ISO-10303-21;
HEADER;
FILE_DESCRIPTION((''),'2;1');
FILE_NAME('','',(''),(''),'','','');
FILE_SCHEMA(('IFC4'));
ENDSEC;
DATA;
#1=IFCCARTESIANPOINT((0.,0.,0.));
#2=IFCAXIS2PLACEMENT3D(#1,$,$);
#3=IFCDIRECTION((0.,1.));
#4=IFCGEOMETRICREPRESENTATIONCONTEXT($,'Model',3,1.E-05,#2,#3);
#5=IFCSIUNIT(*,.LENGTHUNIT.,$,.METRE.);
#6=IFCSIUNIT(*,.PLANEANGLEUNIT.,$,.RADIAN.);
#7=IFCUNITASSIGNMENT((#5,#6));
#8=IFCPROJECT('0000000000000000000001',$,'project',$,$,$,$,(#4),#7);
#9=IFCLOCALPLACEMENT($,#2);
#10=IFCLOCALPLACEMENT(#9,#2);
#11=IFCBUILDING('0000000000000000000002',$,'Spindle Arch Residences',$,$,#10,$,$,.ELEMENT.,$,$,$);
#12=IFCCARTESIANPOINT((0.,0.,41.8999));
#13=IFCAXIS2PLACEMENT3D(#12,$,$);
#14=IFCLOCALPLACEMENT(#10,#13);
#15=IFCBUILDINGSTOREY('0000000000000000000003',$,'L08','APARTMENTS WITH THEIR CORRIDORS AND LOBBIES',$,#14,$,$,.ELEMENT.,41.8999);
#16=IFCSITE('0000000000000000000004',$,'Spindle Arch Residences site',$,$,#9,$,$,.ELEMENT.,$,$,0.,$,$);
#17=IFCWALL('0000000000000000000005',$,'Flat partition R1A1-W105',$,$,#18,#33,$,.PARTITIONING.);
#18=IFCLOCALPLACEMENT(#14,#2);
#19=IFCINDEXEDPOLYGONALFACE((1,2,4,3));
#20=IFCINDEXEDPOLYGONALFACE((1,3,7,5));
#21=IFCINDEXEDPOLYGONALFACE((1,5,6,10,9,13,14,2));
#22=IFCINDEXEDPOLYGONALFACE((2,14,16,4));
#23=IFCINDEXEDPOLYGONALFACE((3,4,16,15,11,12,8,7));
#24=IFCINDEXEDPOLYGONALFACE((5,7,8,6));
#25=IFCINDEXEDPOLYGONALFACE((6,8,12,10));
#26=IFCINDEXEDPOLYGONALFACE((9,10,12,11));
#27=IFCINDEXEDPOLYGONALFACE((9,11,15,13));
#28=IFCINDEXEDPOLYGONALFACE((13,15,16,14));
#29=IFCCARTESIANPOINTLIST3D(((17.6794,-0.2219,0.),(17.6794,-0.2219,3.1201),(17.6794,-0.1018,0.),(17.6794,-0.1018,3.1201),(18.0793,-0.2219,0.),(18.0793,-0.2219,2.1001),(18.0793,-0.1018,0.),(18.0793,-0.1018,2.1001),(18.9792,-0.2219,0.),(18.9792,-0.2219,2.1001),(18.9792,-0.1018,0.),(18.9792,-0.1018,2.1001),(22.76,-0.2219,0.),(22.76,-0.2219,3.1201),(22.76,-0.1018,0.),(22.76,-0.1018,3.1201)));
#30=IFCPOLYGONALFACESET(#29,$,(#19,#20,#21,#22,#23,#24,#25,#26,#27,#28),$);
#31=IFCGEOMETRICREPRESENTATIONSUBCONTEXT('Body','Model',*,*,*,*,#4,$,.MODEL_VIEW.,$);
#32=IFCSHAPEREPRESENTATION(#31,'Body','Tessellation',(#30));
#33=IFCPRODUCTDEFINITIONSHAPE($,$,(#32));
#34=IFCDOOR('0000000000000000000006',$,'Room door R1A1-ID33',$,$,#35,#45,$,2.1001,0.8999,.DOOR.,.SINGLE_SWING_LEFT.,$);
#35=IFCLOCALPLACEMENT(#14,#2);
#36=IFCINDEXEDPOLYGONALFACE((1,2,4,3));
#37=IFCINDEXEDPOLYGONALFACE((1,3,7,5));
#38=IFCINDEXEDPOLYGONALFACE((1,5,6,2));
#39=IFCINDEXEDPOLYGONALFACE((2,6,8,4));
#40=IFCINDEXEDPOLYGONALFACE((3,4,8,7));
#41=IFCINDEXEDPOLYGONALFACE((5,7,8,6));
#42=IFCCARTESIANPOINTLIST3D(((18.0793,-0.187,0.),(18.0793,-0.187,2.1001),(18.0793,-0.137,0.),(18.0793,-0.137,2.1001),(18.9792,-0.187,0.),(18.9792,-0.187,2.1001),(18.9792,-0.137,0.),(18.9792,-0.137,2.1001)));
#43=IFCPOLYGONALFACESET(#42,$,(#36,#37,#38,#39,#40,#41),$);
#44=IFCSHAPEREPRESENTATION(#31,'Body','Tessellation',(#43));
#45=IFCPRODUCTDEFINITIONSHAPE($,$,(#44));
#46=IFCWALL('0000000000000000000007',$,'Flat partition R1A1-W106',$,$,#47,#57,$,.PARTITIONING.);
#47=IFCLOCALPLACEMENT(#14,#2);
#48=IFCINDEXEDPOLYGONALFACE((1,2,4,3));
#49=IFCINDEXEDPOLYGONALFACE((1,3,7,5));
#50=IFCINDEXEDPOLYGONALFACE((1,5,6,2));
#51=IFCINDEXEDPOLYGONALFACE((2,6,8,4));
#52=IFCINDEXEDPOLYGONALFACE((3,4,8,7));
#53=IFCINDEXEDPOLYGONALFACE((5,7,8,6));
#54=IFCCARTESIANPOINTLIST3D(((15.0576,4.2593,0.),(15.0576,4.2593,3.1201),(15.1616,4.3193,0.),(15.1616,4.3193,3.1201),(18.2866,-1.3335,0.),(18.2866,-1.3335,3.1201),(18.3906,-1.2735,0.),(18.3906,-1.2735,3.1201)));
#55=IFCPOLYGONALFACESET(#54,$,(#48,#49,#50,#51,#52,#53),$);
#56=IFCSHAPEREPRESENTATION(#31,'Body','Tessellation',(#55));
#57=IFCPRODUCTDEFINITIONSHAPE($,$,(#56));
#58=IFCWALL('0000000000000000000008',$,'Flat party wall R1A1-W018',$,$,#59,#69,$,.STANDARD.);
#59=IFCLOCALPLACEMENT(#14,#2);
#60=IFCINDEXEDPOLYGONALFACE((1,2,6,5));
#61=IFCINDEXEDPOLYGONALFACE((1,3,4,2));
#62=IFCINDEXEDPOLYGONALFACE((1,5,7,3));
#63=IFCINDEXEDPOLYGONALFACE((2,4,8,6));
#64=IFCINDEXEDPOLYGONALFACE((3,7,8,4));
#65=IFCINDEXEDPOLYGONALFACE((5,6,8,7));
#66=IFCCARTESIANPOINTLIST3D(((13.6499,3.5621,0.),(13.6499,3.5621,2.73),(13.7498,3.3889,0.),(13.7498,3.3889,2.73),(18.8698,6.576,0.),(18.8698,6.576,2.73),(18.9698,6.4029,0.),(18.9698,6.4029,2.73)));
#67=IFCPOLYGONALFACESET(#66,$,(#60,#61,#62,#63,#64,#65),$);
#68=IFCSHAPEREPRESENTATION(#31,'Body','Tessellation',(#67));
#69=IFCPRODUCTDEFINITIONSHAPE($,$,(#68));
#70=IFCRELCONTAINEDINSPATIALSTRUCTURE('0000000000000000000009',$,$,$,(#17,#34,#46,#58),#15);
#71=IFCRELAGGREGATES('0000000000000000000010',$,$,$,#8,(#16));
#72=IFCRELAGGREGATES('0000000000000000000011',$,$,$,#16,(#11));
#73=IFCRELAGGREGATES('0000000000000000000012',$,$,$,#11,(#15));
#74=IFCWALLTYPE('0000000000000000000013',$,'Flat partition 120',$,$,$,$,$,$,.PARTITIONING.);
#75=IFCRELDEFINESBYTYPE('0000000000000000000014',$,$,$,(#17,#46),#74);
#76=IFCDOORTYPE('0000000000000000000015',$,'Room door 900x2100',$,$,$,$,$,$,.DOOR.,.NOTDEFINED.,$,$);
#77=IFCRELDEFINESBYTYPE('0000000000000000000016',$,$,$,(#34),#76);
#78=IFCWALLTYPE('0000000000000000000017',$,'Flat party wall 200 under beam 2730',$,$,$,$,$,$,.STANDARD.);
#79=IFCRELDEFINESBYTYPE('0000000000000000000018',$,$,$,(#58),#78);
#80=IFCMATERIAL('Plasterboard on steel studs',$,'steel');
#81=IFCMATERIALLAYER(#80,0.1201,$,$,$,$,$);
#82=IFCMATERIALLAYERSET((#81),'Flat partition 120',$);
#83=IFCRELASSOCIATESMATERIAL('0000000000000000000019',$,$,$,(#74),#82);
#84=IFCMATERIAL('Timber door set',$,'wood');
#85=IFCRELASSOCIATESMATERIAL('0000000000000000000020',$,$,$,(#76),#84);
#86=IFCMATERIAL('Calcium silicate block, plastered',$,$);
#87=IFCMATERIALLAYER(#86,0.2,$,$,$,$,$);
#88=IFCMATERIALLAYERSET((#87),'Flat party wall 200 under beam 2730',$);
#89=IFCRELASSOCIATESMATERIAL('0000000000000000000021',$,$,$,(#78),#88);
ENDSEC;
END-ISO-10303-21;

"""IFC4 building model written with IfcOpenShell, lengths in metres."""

from ifc_helpers import new_model, si_unit, direction, frame, frame_2d, origin, place, context, subcontext, project, spatial, rectangle, extrude, material, layer, layer_set, type_object, element, fill, save


model = new_model("IFC4")

# Units and contexts
model_context = context("Model", 3, precision=1e-05, world=origin(), true_north=direction((0.0, 1.0)))
body_context = subcontext(model_context, "Body", "Model", "MODEL_VIEW")
ifc_project = project(units=[si_unit("LENGTHUNIT", "METRE"), si_unit("PLANEANGLEUNIT", "RADIAN")], contexts=[model_context])

# Site, building, storey
site_placement = place(None, origin())
site = spatial("IfcSite", under=ifc_project, at=site_placement, Name="Spindle Arch Residences site", CompositionType="ELEMENT", RefElevation=0.0)
building_placement = place(site_placement, origin())
building = spatial("IfcBuilding", under=site, at=building_placement, Name="Spindle Arch Residences", CompositionType="ELEMENT")
storey_placement = place(building_placement, frame((0.0, 0.0, 41.8999)))
storey = spatial("IfcBuildingStorey", under=building, at=storey_placement, Name="L08", Description="APARTMENTS WITH THEIR CORRIDORS AND LOBBIES", CompositionType="ELEMENT", Elevation=41.8999)

# Shared definitions
ifc_material_1 = material(Name="Plasterboard on steel studs", Category="steel")
ifc_layer_1 = layer(ifc_material_1, 0.1201)
ifc_layer_set_1 = layer_set([ifc_layer_1], Name="Flat partition 120")
wall_type_1 = type_object("IfcWallType", Name="Flat partition 120", PredefinedType="PARTITIONING", material=ifc_layer_set_1)

# Shared definitions
ifc_material_2 = material(Name="Timber door set", Category="wood")
door_type_1 = type_object("IfcDoorType", Name="Room door 900x2100", OperationType="NOTDEFINED", PredefinedType="DOOR", material=ifc_material_2)

# Wall, opening, door
wall_1_placement = place(storey_placement, frame((17.6794, -0.1619, 0.0), z_axis=(0.0, 0.0, 1.0), x_axis=(1.0, 0.0, 0.0)))
wall_1 = element("IfcWall", 1, at=wall_1_placement, inside=storey, type_object=wall_type_1, Name="Flat partition R1A1-W105", PredefinedType="PARTITIONING", context=body_context, shape_type="SweptSolid", body=[
    extrude(rectangle(XDim=5.0806, YDim=0.1201, at=frame_2d((2.5403, 0.0))), origin(), (0.0, 0.0, 1.0), 3.1201),
])
opening_1_placement = place(wall_1_placement, frame((0.3999, 0.0, 0.0)))
opening_1 = element("IfcOpeningElement", 2, at=opening_1_placement, cuts=wall_1, PredefinedType="OPENING", context=body_context, shape_type="SweptSolid", body=[
    extrude(rectangle(XDim=0.8999, YDim=2.1001, at=frame_2d((0.45, 1.05))), frame((0.0, 0.0701, 0.0), z_axis=(0.0, -1.0, 0.0), x_axis=(1.0, 0.0, 0.0)), (0.0, 0.0, 1.0), 0.1401),
])
door_1_placement = place(opening_1_placement, origin())
door_1 = element("IfcDoor", 3, at=door_1_placement, inside=storey, type_object=door_type_1, Name="Room door R1A1-ID33", OperationType="SINGLE_SWING_LEFT", OverallHeight=2.1001, OverallWidth=0.8999, PredefinedType="DOOR", context=body_context, shape_type="SweptSolid", body=[
    extrude(rectangle(XDim=0.8999, YDim=2.1001, at=frame_2d((0.45, 1.05))), frame((0.0, 0.0249, 0.0), z_axis=(0.0, -1.0, 0.0), x_axis=(1.0, 0.0, 0.0)), (0.0, 0.0, 1.0), 0.05),
])
fill(opening_1, door_1)

# Walls
wall_2_placement = place(storey_placement, frame((15.1096, 4.2893, 0.0), z_axis=(0.0, 0.0, 1.0), x_axis=(0.500002, -0.866024, 0.0)))
element("IfcWall", 4, at=wall_2_placement, inside=storey, type_object=wall_type_1, Name="Flat partition R1A1-W106", PredefinedType="PARTITIONING", context=body_context, shape_type="SweptSolid", body=[
    extrude(rectangle(XDim=6.458, YDim=0.1201, at=frame_2d((3.229, 0.0))), origin(), (0.0, 0.0, 1.0), 3.1201),
])
ifc_material_3 = material(Name="Calcium silicate block, plastered")
ifc_layer_2 = layer(ifc_material_3, 0.2)
ifc_layer_set_2 = layer_set([ifc_layer_2], Name="Flat party wall 200 under beam 2730")
wall_type_2 = type_object("IfcWallType", Name="Flat party wall 200 under beam 2730", PredefinedType="STANDARD", material=ifc_layer_set_2)
wall_3_placement = place(storey_placement, frame((13.7, 3.4756, 0.0), z_axis=(0.0, 0.0, 1.0), x_axis=(0.866014, 0.50002, 0.0)))
element("IfcWall", 5, at=wall_3_placement, inside=storey, type_object=wall_type_2, Name="Flat party wall R1A1-W018", PredefinedType="STANDARD", context=body_context, shape_type="SweptSolid", body=[
    extrude(rectangle(XDim=6.0276, YDim=0.2, at=frame_2d((3.0137, 0.0))), origin(), (0.0, 0.0, 1.0), 2.73),
])

save(model, "model.ifc")
